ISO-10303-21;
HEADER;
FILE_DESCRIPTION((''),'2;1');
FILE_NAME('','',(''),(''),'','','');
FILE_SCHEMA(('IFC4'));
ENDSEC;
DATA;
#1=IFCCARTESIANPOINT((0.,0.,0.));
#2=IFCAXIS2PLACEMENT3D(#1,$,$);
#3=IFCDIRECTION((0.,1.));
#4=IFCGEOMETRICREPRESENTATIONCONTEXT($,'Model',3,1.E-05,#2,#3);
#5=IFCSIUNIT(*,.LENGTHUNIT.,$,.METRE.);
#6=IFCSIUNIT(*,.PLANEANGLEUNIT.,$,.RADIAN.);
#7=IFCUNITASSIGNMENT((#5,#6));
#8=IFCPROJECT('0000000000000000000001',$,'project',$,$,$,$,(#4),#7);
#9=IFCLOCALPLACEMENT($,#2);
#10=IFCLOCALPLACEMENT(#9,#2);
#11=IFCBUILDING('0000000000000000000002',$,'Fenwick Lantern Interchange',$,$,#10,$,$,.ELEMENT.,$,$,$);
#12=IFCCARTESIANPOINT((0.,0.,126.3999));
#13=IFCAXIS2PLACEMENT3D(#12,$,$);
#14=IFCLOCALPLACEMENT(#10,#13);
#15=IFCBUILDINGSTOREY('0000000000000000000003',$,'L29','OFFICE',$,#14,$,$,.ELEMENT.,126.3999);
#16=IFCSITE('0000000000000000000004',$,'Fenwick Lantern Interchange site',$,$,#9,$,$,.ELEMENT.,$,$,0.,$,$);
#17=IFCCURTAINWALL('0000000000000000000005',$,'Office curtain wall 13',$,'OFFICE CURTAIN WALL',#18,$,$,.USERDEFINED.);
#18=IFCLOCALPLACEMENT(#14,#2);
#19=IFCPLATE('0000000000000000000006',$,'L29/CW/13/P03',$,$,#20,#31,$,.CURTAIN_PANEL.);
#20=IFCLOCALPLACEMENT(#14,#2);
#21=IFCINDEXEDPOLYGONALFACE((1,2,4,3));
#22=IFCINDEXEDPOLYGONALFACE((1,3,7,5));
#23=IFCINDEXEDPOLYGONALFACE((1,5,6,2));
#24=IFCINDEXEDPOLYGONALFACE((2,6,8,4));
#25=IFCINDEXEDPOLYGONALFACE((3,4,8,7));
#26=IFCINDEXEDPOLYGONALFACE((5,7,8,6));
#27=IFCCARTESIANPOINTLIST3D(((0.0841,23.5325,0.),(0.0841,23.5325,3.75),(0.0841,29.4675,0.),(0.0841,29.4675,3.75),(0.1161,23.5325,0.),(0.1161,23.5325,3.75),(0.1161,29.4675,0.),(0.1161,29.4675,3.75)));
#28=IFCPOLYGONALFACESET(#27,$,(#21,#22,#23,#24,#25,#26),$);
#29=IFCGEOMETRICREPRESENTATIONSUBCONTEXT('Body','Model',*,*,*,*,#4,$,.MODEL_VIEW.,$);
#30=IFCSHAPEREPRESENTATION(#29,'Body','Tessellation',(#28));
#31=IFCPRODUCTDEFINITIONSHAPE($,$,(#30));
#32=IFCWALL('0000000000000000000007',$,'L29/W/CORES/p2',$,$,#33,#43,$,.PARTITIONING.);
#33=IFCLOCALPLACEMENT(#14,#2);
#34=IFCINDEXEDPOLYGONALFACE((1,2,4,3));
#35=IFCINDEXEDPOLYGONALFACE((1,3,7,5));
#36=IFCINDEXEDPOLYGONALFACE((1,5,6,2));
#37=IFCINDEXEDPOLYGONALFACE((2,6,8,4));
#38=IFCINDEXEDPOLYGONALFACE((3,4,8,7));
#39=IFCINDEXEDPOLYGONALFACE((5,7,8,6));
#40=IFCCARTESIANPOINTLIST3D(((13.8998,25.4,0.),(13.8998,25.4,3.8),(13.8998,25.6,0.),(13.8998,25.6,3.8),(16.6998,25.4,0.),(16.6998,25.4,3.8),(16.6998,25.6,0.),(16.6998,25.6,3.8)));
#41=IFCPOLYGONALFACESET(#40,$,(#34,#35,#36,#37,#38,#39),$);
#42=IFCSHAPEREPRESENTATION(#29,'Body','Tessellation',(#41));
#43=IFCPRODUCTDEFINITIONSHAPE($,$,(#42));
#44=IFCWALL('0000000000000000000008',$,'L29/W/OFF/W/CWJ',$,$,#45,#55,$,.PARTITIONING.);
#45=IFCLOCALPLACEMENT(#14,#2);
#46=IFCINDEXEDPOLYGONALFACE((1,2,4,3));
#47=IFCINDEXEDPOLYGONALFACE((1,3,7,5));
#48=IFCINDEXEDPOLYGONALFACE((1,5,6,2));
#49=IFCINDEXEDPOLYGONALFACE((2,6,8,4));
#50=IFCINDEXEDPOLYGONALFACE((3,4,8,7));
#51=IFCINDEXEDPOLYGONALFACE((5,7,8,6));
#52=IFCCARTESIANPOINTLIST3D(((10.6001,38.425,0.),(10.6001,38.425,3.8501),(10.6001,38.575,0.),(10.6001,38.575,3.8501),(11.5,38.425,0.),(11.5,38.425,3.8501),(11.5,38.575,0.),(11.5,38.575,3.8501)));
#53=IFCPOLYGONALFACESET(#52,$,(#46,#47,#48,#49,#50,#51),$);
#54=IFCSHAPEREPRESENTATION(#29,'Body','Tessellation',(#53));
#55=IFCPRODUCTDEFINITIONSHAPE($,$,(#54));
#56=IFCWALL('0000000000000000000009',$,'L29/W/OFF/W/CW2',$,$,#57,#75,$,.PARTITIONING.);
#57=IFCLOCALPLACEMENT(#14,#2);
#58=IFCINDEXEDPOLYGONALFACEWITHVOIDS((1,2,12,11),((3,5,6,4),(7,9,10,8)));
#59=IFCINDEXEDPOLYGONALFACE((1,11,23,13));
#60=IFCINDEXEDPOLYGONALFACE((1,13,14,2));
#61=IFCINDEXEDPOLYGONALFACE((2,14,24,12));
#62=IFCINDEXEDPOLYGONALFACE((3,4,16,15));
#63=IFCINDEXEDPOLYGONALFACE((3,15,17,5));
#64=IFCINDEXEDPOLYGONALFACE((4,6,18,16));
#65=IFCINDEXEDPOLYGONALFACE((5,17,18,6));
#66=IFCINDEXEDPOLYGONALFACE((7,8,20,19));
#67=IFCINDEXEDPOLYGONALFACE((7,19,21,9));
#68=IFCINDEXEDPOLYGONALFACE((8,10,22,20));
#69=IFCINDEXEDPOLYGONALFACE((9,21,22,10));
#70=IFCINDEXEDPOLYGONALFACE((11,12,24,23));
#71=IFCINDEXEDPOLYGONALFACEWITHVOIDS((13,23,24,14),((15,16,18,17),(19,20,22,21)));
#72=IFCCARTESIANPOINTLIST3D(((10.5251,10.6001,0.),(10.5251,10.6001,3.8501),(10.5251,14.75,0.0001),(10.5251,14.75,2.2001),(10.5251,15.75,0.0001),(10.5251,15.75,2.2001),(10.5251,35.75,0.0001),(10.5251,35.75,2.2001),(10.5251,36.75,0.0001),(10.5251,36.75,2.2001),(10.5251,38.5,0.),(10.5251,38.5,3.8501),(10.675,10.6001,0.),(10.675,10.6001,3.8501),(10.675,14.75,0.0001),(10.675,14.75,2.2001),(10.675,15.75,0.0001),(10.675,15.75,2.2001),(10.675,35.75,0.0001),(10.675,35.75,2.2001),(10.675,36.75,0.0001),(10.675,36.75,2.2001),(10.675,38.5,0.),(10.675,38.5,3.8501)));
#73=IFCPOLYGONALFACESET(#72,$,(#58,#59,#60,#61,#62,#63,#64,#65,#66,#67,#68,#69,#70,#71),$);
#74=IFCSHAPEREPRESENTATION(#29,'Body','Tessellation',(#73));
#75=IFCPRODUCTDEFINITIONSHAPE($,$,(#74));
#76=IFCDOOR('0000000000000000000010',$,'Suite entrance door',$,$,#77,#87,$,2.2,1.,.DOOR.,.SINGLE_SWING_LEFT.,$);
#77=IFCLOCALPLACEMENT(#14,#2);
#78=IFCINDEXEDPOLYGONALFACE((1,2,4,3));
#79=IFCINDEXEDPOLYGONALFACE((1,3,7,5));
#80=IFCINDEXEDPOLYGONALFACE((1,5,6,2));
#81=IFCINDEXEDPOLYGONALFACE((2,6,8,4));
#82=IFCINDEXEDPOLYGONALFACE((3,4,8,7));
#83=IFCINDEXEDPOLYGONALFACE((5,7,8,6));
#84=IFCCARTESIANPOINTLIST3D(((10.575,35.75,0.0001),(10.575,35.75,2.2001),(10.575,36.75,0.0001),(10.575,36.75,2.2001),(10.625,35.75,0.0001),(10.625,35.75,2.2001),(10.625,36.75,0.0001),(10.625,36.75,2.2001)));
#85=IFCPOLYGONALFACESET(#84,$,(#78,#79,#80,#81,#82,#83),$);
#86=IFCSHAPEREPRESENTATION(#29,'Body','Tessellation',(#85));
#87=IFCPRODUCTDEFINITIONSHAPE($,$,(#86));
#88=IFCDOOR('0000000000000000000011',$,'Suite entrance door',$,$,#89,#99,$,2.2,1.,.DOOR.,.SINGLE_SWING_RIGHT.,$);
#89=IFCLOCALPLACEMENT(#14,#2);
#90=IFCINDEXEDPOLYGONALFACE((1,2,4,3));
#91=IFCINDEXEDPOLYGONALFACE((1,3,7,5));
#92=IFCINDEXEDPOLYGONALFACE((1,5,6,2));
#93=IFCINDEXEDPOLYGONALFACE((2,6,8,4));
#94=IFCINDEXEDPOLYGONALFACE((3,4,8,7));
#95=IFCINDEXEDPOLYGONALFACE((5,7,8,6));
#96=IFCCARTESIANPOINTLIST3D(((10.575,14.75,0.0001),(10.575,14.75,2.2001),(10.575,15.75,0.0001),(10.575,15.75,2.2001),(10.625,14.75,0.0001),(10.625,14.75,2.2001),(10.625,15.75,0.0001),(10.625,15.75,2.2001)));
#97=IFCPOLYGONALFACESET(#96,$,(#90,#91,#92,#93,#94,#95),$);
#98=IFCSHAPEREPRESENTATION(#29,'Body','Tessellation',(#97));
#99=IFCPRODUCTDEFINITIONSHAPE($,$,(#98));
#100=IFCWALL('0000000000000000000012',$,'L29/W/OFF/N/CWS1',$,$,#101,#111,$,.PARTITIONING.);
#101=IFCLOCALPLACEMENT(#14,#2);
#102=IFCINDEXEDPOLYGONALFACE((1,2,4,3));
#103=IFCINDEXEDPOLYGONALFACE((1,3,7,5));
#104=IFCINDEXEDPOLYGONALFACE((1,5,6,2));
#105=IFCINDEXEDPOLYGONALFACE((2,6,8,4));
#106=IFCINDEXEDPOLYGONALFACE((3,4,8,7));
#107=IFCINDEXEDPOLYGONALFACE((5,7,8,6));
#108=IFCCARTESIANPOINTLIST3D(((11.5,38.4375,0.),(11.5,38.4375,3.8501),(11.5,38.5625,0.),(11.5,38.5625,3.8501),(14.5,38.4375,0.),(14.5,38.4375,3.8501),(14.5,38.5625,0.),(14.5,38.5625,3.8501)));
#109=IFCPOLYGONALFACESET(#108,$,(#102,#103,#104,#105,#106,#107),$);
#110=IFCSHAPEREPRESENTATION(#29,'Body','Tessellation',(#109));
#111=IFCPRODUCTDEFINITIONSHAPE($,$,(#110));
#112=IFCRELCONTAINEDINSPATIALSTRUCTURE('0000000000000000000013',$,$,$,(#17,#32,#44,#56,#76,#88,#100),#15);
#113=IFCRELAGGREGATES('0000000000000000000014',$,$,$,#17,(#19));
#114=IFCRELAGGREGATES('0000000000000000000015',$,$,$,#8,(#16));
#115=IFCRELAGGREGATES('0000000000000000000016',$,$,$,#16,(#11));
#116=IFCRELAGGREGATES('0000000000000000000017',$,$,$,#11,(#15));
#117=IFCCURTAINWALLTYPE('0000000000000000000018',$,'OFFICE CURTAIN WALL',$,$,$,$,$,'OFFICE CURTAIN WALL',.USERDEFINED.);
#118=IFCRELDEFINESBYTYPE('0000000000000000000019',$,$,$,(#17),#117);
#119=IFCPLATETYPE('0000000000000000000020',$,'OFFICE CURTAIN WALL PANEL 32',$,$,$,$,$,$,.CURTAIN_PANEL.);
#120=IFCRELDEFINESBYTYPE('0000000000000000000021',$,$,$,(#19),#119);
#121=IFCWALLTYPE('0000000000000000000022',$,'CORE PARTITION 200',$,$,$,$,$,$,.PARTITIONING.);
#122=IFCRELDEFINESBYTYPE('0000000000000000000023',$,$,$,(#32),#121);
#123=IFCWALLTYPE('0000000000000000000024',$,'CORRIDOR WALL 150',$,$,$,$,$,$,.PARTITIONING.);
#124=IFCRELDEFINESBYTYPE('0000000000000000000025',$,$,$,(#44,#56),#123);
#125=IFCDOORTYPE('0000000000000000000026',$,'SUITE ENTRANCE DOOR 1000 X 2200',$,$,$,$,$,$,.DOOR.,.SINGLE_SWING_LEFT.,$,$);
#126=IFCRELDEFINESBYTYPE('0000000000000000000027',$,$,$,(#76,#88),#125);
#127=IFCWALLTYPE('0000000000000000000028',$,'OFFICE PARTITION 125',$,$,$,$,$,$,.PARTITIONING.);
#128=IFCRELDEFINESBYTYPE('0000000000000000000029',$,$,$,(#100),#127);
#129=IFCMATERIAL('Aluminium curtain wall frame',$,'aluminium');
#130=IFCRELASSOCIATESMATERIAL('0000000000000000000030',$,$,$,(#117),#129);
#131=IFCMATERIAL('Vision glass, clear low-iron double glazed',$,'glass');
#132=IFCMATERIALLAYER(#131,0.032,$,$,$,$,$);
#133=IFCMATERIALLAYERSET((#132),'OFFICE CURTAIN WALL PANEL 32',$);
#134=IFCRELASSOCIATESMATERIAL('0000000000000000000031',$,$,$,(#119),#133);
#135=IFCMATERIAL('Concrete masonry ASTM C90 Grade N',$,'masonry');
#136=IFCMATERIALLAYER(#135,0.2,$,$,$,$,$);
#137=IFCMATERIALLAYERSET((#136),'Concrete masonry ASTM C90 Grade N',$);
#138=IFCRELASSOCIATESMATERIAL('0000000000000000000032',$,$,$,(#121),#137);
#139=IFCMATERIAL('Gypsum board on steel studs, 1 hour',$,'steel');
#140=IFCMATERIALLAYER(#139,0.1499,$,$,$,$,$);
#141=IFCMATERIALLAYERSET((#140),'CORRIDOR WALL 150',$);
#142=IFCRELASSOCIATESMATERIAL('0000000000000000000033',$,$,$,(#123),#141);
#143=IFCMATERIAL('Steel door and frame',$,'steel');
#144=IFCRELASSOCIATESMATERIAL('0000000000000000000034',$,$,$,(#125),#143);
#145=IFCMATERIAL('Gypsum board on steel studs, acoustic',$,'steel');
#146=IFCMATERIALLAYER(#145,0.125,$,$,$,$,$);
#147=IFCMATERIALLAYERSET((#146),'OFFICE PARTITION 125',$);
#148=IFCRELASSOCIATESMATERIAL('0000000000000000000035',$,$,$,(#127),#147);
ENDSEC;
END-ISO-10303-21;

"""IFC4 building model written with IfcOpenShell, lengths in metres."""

from ifc_helpers import new_model, si_unit, direction, frame, frame_2d, origin, origin_2d, place, context, subcontext, project, spatial, rectangle, extrude, material, layer, layer_set, type_object, element, fill, aggregate, save


model = new_model("IFC4")

# Units and contexts
model_context = context("Model", 3, precision=1e-05, world=origin(), true_north=direction((0.0, 1.0)))
body_context = subcontext(model_context, "Body", "Model", "MODEL_VIEW")
ifc_project = project(units=[si_unit("LENGTHUNIT", "METRE"), si_unit("PLANEANGLEUNIT", "RADIAN")], contexts=[model_context])

# Site, building, storey
site_placement = place(None, origin())
site = spatial("IfcSite", under=ifc_project, at=site_placement, Name="Fenwick Lantern Interchange site", CompositionType="ELEMENT", RefElevation=0.0)
building_placement = place(site_placement, origin())
building = spatial("IfcBuilding", under=site, at=building_placement, Name="Fenwick Lantern Interchange", CompositionType="ELEMENT")
storey_placement = place(building_placement, frame((0.0, 0.0, 126.3999)))
storey = spatial("IfcBuildingStorey", under=building, at=storey_placement, Name="L29", Description="OFFICE", CompositionType="ELEMENT", Elevation=126.3999)

# Curtain wall, plate
ifc_material_1 = material(Name="Aluminium curtain wall frame", Category="aluminium")
curtain_wall_type = type_object("IfcCurtainWallType", Name="OFFICE CURTAIN WALL", ElementType="OFFICE CURTAIN WALL", PredefinedType="USERDEFINED", material=ifc_material_1)
curtain_wall_placement = place(storey_placement, origin())
curtain_wall = element("IfcCurtainWall", 1, at=curtain_wall_placement, inside=storey, type_object=curtain_wall_type, Name="Office curtain wall 13", ObjectType="OFFICE CURTAIN WALL", PredefinedType="USERDEFINED")
ifc_material_2 = material(Name="Vision glass, clear low-iron double glazed", Category="glass")
ifc_layer_1 = layer(ifc_material_2, 0.032)
ifc_layer_set_1 = layer_set([ifc_layer_1], Name="OFFICE CURTAIN WALL PANEL 32")
plate_type = type_object("IfcPlateType", Name="OFFICE CURTAIN WALL PANEL 32", PredefinedType="CURTAIN_PANEL", material=ifc_layer_set_1)
plate_placement = place(storey_placement, frame((0.1001, 26.5, 0.0), z_axis=(0.0, 0.0, 1.0), x_axis=(0.0, -1.0, 0.0)))
plate = element("IfcPlate", 2, at=plate_placement, type_object=plate_type, Name="L29/CW/13/P03", PredefinedType="CURTAIN_PANEL", context=body_context, shape_type="SweptSolid", body=[
    extrude(rectangle(XDim=5.9351, YDim=0.032, at=origin_2d()), origin(), (0.0, 0.0, 1.0), 3.75),
])
aggregate(curtain_wall, [plate])

# Wall
ifc_material_3 = material(Name="Concrete masonry ASTM C90 Grade N", Category="masonry")
ifc_layer_2 = layer(ifc_material_3, 0.2)
ifc_layer_set_2 = layer_set([ifc_layer_2], Name="Concrete masonry ASTM C90 Grade N")
wall_type_1 = type_object("IfcWallType", Name="CORE PARTITION 200", PredefinedType="PARTITIONING", material=ifc_layer_set_2)
wall_1_placement = place(storey_placement, frame((13.8999, 25.5, 0.0), z_axis=(0.0, 0.0, 1.0), x_axis=(1.0, 0.0, 0.0)))
element("IfcWall", 3, at=wall_1_placement, inside=storey, type_object=wall_type_1, Name="L29/W/CORES/p2", PredefinedType="PARTITIONING", context=body_context, shape_type="SweptSolid", body=[
    extrude(rectangle(XDim=2.8, YDim=0.2, at=frame_2d((1.3999, 0.0))), origin(), (0.0, 0.0, 1.0), 3.8),
])

# Shared definitions
ifc_material_4 = material(Name="Steel door and frame", Category="steel")

# Wall
ifc_material_5 = material(Name="Gypsum board on steel studs, 1 hour", Category="steel")
ifc_layer_3 = layer(ifc_material_5, 0.1499)
ifc_layer_set_3 = layer_set([ifc_layer_3], Name="CORRIDOR WALL 150")
wall_type_2 = type_object("IfcWallType", Name="CORRIDOR WALL 150", PredefinedType="PARTITIONING", material=ifc_layer_set_3)
wall_2_placement = place(storey_placement, frame((11.5, 38.5, 0.0), z_axis=(0.0, 0.0, 1.0), x_axis=(-1.0, 0.0, 0.0)))
element("IfcWall", 4, at=wall_2_placement, inside=storey, type_object=wall_type_2, Name="L29/W/OFF/W/CWJ", PredefinedType="PARTITIONING", context=body_context, shape_type="SweptSolid", body=[
    extrude(rectangle(XDim=0.8999, YDim=0.1499, at=frame_2d((0.45, 0.0))), origin(), (0.0, 0.0, 1.0), 3.8501),
])

# Wall, openings, doors
wall_3_placement = place(storey_placement, frame((10.6001, 38.5, 0.0), z_axis=(0.0, 0.0, 1.0), x_axis=(0.0, -1.0, 0.0)))
wall_3 = element("IfcWall", 5, at=wall_3_placement, inside=storey, type_object=wall_type_2, Name="L29/W/OFF/W/CW2", PredefinedType="PARTITIONING", context=body_context, shape_type="SweptSolid", body=[
    extrude(rectangle(XDim=27.8999, YDim=0.1499, at=frame_2d((13.95, 0.0))), origin(), (0.0, 0.0, 1.0), 3.8501),
])
opening_1_placement = place(wall_3_placement, frame((1.75, 0.0, 0.0)))
opening_1 = element("IfcOpeningElement", 6, at=opening_1_placement, cuts=wall_3, PredefinedType="OPENING", context=body_context, shape_type="SweptSolid", body=[
    extrude(rectangle(XDim=1.0, YDim=2.2, at=frame_2d((0.5, 1.1001))), frame((0.0, 0.085, 0.0), z_axis=(0.0, -1.0, 0.0), x_axis=(1.0, 0.0, 0.0)), (0.0, 0.0, 1.0), 0.1699),
])
opening_2_placement = place(wall_3_placement, frame((22.75, 0.0, 0.0)))
opening_2 = element("IfcOpeningElement", 7, at=opening_2_placement, cuts=wall_3, PredefinedType="OPENING", context=body_context, shape_type="SweptSolid", body=[
    extrude(rectangle(XDim=1.0, YDim=2.2, at=frame_2d((0.5, 1.1001))), frame((0.0, 0.085, 0.0), z_axis=(0.0, -1.0, 0.0), x_axis=(1.0, 0.0, 0.0)), (0.0, 0.0, 1.0), 0.1699),
])
door_type_1 = type_object("IfcDoorType", Name="SUITE ENTRANCE DOOR 1000 X 2200", OperationType="SINGLE_SWING_LEFT", PredefinedType="DOOR", material=ifc_material_4)
door_1_placement = place(opening_1_placement, origin())
door_1 = element("IfcDoor", 8, at=door_1_placement, inside=storey, type_object=door_type_1, Name="Suite entrance door", OperationType="SINGLE_SWING_LEFT", OverallHeight=2.2, OverallWidth=1.0, PredefinedType="DOOR", context=body_context, shape_type="SweptSolid", body=[
    extrude(rectangle(XDim=1.0, YDim=2.2, at=frame_2d((0.5, 1.1001))), frame((0.0, 0.0249, 0.0), z_axis=(0.0, -1.0, 0.0), x_axis=(1.0, 0.0, 0.0)), (0.0, 0.0, 1.0), 0.05),
])
fill(opening_1, door_1)
door_2_placement = place(opening_2_placement, origin())
door_2 = element("IfcDoor", 9, at=door_2_placement, inside=storey, type_object=door_type_1, Name="Suite entrance door", OperationType="SINGLE_SWING_RIGHT", OverallHeight=2.2, OverallWidth=1.0, PredefinedType="DOOR", context=body_context, shape_type="SweptSolid", body=[
    extrude(rectangle(XDim=1.0, YDim=2.2, at=frame_2d((0.5, 1.1001))), frame((0.0, 0.0249, 0.0), z_axis=(0.0, -1.0, 0.0), x_axis=(1.0, 0.0, 0.0)), (0.0, 0.0, 1.0), 0.05),
])
fill(opening_2, door_2)

# Wall
ifc_material_6 = material(Name="Gypsum board on steel studs, acoustic", Category="steel")
ifc_layer_4 = layer(ifc_material_6, 0.125)
ifc_layer_set_4 = layer_set([ifc_layer_4], Name="OFFICE PARTITION 125")
wall_type_3 = type_object("IfcWallType", Name="OFFICE PARTITION 125", PredefinedType="PARTITIONING", material=ifc_layer_set_4)
wall_4_placement = place(storey_placement, frame((14.5, 38.5, 0.0), z_axis=(0.0, 0.0, 1.0), x_axis=(-1.0, 0.0, 0.0)))
element("IfcWall", 10, at=wall_4_placement, inside=storey, type_object=wall_type_3, Name="L29/W/OFF/N/CWS1", PredefinedType="PARTITIONING", context=body_context, shape_type="SweptSolid", body=[
    extrude(rectangle(XDim=3.0, YDim=0.125, at=frame_2d((1.5, 0.0))), origin(), (0.0, 0.0, 1.0), 3.8501),
])

save(model, "model.ifc")
